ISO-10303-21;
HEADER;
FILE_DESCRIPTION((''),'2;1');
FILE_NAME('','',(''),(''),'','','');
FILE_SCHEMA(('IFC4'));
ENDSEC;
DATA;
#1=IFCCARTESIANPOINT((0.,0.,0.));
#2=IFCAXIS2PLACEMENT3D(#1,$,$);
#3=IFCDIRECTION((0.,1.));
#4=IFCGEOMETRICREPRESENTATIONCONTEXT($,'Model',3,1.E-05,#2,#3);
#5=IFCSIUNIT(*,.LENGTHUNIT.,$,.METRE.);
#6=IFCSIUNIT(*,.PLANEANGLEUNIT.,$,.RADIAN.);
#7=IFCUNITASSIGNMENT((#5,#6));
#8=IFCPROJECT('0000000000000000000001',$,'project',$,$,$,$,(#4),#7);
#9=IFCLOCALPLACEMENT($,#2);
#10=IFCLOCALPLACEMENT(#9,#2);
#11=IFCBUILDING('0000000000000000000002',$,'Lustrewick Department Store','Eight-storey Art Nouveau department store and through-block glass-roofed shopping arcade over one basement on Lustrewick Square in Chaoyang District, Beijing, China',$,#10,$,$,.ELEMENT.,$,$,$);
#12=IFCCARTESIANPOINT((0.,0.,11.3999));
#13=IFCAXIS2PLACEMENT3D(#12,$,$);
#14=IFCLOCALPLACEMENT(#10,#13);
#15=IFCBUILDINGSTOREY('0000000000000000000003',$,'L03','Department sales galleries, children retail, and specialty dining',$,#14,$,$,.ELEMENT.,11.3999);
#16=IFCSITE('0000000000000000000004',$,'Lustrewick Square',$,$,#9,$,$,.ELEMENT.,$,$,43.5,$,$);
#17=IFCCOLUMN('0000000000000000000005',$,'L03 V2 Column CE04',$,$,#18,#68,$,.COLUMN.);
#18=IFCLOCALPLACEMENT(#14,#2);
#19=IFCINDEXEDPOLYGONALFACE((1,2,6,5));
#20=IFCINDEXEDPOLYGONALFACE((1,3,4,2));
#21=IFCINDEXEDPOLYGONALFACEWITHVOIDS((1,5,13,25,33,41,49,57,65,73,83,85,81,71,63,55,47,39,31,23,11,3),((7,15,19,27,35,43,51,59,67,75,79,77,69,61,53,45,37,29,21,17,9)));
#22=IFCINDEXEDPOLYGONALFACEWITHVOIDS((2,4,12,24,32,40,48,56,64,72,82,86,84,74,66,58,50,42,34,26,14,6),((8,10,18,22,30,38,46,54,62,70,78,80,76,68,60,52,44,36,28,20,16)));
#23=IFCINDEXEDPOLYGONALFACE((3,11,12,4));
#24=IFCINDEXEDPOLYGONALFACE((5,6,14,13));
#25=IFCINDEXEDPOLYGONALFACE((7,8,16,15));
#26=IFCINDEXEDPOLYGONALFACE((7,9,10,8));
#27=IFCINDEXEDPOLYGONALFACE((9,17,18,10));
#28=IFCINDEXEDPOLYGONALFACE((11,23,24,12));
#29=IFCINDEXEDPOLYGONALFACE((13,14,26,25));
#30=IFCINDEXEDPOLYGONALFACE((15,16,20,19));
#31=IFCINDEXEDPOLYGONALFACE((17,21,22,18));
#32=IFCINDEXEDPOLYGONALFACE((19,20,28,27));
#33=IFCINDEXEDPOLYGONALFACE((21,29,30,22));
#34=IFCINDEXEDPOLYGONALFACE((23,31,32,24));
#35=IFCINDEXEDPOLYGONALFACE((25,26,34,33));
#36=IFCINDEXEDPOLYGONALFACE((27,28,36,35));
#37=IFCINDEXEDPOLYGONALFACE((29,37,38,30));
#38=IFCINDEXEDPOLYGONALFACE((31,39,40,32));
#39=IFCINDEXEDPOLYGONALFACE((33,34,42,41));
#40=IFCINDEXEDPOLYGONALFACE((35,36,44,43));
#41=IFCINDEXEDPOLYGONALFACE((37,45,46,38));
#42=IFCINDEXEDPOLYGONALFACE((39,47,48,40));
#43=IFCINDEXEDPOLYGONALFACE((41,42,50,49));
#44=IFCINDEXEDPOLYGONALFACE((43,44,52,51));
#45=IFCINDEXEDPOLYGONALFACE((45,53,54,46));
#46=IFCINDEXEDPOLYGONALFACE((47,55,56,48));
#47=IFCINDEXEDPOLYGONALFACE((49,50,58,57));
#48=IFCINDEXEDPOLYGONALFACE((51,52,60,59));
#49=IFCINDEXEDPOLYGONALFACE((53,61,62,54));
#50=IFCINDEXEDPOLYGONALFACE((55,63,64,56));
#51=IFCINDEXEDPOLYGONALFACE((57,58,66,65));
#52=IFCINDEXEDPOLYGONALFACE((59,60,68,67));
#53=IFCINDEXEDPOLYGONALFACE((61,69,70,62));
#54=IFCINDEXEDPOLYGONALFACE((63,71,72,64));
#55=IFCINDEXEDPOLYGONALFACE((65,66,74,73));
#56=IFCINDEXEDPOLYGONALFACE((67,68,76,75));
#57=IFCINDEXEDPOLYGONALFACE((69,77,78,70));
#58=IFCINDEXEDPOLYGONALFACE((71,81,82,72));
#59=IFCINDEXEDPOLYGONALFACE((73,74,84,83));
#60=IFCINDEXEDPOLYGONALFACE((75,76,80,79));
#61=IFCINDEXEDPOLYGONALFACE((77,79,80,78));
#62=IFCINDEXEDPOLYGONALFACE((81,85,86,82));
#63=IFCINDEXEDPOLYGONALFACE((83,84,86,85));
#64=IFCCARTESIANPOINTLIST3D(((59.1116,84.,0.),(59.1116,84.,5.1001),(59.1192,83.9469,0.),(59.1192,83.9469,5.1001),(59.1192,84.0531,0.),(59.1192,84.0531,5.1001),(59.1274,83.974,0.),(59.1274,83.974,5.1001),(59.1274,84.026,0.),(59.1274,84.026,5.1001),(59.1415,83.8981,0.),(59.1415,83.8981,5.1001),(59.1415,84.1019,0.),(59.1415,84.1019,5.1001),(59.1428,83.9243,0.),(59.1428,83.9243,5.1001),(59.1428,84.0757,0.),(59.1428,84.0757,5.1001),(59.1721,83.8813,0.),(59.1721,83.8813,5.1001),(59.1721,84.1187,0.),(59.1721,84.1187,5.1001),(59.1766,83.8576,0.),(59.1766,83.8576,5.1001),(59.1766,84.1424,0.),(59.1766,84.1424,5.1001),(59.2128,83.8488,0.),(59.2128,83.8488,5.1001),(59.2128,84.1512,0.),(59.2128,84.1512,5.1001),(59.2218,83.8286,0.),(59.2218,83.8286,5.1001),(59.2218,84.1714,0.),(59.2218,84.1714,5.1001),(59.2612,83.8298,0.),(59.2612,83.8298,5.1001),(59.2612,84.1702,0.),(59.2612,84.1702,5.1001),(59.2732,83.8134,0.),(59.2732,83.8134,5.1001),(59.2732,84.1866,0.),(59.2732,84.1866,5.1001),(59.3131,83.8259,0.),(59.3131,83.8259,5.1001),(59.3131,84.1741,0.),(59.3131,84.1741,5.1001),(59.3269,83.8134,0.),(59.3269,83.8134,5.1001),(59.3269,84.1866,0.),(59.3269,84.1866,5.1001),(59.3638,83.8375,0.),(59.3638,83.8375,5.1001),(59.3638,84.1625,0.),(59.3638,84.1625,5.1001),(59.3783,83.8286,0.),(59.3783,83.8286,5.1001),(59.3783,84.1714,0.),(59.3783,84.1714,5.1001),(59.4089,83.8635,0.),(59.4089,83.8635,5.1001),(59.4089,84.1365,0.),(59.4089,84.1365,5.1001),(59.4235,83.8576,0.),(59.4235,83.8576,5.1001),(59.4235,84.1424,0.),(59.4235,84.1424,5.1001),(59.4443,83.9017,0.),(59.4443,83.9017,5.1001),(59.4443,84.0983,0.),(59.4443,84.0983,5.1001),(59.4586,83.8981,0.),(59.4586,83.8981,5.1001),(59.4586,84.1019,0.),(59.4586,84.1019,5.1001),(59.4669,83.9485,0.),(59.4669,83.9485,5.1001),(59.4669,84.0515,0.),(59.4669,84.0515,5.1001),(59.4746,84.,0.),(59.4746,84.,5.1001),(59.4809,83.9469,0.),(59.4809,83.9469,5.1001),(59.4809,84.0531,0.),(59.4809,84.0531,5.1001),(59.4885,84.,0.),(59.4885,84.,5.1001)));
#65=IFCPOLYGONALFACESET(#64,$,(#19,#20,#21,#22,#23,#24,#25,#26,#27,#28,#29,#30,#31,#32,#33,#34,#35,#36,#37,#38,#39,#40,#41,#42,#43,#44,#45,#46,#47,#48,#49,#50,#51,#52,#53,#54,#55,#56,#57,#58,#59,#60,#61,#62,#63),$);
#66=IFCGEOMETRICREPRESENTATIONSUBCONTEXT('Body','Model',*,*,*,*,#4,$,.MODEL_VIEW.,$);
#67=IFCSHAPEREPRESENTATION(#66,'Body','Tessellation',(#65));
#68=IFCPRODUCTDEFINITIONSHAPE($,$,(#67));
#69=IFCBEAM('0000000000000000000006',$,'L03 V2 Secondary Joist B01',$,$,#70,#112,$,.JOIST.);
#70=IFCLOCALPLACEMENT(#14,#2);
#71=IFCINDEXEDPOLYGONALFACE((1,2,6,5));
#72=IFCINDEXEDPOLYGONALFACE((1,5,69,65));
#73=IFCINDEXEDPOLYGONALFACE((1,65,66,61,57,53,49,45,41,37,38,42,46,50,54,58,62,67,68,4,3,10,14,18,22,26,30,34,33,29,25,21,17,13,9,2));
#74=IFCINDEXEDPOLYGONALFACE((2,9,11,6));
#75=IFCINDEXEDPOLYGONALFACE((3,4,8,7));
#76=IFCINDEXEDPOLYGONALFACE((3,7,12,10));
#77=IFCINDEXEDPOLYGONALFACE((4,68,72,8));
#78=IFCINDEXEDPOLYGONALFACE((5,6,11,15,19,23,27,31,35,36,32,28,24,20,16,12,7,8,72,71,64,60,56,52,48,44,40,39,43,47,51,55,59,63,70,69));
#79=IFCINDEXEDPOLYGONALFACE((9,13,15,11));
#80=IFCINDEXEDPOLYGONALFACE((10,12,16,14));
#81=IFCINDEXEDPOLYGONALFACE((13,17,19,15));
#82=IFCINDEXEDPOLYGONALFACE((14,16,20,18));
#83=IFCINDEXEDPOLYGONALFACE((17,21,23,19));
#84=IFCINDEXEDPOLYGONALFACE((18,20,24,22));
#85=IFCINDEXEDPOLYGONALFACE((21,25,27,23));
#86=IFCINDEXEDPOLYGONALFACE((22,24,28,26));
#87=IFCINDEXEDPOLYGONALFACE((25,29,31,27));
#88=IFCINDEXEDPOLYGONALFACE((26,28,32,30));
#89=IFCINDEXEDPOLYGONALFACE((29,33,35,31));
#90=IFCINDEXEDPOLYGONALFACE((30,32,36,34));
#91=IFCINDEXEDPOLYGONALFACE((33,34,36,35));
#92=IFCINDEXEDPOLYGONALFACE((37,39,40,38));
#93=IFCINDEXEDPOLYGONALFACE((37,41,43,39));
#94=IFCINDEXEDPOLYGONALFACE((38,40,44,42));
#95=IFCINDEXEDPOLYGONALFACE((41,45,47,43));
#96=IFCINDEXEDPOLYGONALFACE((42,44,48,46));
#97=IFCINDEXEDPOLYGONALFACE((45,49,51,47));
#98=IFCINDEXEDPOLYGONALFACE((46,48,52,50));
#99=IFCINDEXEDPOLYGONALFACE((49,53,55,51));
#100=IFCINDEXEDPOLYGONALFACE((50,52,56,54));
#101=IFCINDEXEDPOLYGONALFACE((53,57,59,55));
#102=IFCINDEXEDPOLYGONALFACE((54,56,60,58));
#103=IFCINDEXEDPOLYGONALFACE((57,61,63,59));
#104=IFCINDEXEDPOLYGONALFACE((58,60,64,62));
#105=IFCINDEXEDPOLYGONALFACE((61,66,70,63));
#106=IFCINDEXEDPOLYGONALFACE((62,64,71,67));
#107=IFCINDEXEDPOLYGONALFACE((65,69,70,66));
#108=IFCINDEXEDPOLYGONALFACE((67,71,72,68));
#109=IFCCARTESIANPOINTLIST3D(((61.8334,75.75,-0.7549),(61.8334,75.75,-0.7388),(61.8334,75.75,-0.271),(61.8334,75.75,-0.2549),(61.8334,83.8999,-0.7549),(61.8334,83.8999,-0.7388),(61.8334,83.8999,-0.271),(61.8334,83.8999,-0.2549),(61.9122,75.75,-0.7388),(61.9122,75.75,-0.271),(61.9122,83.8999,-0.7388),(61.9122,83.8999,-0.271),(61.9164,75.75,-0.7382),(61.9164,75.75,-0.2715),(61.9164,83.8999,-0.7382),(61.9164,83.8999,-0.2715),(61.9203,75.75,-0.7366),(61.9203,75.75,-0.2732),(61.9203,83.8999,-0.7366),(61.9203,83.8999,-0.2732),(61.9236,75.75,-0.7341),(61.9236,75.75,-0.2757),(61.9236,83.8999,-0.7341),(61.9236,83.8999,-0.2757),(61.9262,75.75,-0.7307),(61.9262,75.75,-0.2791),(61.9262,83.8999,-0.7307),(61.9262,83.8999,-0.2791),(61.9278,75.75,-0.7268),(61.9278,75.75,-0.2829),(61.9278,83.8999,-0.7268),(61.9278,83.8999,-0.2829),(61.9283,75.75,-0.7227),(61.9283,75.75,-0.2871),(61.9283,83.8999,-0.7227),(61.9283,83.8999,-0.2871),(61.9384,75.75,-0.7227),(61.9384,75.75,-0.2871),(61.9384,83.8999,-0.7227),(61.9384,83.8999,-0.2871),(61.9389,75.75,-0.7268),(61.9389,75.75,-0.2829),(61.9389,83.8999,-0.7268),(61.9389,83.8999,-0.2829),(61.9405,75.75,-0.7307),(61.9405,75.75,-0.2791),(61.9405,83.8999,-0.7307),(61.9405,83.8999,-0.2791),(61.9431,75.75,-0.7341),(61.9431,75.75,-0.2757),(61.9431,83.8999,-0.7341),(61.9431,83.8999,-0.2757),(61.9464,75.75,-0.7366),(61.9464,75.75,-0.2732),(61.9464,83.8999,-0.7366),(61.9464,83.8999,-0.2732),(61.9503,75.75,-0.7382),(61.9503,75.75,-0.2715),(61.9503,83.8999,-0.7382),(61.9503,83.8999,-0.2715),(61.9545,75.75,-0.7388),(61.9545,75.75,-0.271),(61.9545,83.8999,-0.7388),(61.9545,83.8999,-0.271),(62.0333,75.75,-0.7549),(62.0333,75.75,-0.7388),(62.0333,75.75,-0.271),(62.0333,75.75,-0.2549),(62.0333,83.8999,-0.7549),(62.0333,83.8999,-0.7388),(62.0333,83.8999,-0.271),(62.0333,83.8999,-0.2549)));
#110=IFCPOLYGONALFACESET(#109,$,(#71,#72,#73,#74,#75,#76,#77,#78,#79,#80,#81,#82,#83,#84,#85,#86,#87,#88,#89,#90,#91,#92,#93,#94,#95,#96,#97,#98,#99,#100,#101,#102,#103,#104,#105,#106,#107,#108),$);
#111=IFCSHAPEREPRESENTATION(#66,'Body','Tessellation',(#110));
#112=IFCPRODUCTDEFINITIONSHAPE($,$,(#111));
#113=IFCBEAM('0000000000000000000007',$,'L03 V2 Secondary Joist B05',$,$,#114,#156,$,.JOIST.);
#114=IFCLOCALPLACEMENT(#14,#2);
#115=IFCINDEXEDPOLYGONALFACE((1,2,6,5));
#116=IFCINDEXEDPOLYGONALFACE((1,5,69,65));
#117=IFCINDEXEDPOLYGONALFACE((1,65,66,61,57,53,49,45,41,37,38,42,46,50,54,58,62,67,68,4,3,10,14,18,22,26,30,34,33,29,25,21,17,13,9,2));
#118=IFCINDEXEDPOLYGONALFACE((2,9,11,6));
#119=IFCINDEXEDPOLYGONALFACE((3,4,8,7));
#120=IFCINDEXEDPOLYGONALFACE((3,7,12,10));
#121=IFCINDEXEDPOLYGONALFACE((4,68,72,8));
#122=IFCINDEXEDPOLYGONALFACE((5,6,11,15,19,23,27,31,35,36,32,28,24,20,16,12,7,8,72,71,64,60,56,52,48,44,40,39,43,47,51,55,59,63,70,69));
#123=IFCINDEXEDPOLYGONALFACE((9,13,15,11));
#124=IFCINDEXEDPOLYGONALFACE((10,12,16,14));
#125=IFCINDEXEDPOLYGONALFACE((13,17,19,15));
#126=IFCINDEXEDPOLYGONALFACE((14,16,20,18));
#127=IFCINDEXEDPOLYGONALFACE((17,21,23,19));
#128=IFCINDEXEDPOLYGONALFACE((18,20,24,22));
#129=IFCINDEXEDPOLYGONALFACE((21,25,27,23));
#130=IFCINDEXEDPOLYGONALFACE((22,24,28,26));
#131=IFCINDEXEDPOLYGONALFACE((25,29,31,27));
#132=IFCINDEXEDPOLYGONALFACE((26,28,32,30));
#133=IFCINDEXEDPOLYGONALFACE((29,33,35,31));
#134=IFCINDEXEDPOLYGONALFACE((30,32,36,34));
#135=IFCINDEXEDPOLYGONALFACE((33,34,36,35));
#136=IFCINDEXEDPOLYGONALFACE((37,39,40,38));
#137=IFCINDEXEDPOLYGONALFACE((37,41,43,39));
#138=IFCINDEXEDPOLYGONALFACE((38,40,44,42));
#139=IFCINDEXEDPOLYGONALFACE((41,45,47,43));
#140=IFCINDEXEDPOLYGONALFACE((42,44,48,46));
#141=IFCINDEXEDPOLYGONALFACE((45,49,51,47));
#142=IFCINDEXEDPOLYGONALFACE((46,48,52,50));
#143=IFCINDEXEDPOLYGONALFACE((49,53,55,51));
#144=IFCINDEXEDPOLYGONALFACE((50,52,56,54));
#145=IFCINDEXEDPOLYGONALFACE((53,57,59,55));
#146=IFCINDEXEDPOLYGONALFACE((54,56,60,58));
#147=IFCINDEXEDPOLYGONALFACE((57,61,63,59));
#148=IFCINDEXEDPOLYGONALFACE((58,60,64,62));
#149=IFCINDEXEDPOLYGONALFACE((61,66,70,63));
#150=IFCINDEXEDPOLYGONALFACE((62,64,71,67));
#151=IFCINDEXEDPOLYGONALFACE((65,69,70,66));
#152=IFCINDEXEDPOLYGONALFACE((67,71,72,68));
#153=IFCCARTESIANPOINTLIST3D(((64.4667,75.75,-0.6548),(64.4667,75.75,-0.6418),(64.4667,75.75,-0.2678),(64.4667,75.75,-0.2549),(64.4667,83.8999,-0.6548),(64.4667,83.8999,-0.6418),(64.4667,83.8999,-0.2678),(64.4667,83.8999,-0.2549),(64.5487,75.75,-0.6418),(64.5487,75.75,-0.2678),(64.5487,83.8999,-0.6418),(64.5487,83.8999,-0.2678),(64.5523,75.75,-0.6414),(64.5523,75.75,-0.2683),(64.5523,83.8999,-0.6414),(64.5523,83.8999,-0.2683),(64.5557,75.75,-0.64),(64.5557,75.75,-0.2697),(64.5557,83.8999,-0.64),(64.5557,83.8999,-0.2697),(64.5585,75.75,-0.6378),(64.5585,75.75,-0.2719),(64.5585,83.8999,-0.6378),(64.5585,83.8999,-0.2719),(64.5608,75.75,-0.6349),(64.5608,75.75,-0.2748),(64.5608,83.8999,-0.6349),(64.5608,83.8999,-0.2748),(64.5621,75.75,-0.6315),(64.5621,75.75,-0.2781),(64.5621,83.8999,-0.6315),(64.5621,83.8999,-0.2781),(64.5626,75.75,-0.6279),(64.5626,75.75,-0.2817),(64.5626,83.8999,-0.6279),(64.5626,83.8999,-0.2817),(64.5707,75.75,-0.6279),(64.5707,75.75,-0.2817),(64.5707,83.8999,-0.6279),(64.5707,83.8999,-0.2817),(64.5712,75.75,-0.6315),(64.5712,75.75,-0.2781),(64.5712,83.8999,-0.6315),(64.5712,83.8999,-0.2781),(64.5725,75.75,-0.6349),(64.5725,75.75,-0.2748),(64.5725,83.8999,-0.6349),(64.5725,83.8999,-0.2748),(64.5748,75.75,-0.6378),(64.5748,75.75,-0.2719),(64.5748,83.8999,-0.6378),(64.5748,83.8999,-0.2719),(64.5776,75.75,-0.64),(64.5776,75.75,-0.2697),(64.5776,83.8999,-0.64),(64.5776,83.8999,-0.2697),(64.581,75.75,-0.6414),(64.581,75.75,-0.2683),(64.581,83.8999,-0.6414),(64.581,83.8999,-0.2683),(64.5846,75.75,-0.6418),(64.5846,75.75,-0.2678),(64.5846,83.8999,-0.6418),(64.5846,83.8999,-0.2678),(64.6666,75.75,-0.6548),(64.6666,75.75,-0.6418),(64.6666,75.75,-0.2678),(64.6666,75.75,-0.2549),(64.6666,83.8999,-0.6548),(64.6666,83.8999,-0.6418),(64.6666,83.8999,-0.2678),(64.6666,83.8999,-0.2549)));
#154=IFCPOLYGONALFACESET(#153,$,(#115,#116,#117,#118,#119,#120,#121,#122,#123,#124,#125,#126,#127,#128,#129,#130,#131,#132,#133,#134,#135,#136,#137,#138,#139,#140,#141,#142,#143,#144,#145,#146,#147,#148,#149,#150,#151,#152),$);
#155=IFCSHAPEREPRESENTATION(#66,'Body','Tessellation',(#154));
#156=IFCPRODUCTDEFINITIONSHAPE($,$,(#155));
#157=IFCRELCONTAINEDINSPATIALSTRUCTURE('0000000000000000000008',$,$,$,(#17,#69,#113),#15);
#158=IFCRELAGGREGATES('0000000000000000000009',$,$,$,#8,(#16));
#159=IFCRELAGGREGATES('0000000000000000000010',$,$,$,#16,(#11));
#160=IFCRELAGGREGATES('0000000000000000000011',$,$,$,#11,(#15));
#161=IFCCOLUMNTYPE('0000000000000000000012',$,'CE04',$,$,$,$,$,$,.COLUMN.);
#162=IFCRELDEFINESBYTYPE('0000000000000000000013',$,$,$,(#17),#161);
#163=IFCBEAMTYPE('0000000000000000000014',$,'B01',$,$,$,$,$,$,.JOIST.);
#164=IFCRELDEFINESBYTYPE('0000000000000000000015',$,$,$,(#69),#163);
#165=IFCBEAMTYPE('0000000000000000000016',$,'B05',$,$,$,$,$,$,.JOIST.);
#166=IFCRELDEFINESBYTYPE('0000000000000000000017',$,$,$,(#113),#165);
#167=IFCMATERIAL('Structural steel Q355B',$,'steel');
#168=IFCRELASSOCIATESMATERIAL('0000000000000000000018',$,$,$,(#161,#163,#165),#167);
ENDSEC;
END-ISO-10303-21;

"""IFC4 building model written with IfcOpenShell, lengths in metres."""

from ifc_helpers import new_model, si_unit, direction, frame, origin, origin_2d, place, context, subcontext, project, spatial, hollow_circle, i_section, extrude, material, material_profile, profile_set, type_object, element, save


model = new_model("IFC4")

# Units and contexts
model_context = context("Model", 3, precision=1e-05, world=origin(), true_north=direction((0.0, 1.0)))
body_context = subcontext(model_context, "Body", "Model", "MODEL_VIEW")
ifc_project = project(units=[si_unit("LENGTHUNIT", "METRE"), si_unit("PLANEANGLEUNIT", "RADIAN")], contexts=[model_context])

# Site, building, storey
site_placement = place(None, origin())
site = spatial("IfcSite", under=ifc_project, at=site_placement, Name="Lustrewick Square", CompositionType="ELEMENT", RefElevation=43.5)
building_placement = place(site_placement, origin())
building = spatial("IfcBuilding", under=site, at=building_placement, Name="Lustrewick Department Store", Description="Eight-storey Art Nouveau department store and through-block glass-roofed shopping arcade over one basement on Lustrewick Square in Chaoyang District, Beijing, China", CompositionType="ELEMENT")
storey_placement = place(building_placement, frame((0.0, 0.0, 11.3999)))
storey = spatial("IfcBuildingStorey", under=building, at=storey_placement, Name="L03", Description="Department sales galleries, children retail, and specialty dining", CompositionType="ELEMENT", Elevation=11.3999)

# Column
ifc_material_1 = material(Name="Structural steel Q355B", Category="steel")
ifc_material_profile_1 = material_profile(ifc_material_1, hollow_circle(Radius=0.1885, WallThickness=0.0139, at=origin_2d()), Name="CHS 377x14")
ifc_profile_set_1 = profile_set([ifc_material_profile_1], Name="Structural steel Q355B")
column_type_1 = type_object("IfcColumnType", Name="CE04", PredefinedType="COLUMN", material=ifc_profile_set_1)
column_1_placement = place(storey_placement, frame((59.3, 84.0, 0.0), z_axis=(0.0, 0.0, 1.0), x_axis=(1.0, 0.0, 0.0)))
element("IfcColumn", 1, at=column_1_placement, inside=storey, type_object=column_type_1, Name="L03 V2 Column CE04", PredefinedType="COLUMN", context=body_context, shape_type="SweptSolid", body=[
    extrude(hollow_circle(Radius=0.1885, WallThickness=0.0139, at=origin_2d()), origin(), (0.0, 0.0, 1.0), 5.1001),
])

# Beams
ifc_material_profile_2 = material_profile(ifc_material_1, i_section(OverallWidth=0.2, OverallDepth=0.5, WebThickness=0.01, FlangeThickness=0.0161, FilletRadius=0.0161, at=origin_2d()), Name="HN 500x200x10x16")
ifc_profile_set_2 = profile_set([ifc_material_profile_2], Name="Structural steel Q355B")
beam_type_1 = type_object("IfcBeamType", Name="B01", PredefinedType="JOIST", material=ifc_profile_set_2)
beam_1_placement = place(storey_placement, frame((61.9333, 75.75, -0.5049), z_axis=(0.0, 1.0, 0.0), x_axis=(-1.0, 0.0, 0.0)))
element("IfcBeam", 2, at=beam_1_placement, inside=storey, type_object=beam_type_1, Name="L03 V2 Secondary Joist B01", PredefinedType="JOIST", context=body_context, shape_type="SweptSolid", body=[
    extrude(i_section(OverallWidth=0.2, OverallDepth=0.5, WebThickness=0.01, FlangeThickness=0.0161, FilletRadius=0.0161, at=origin_2d()), origin(), (0.0, 0.0, 1.0), 8.1499),
])
ifc_material_profile_3 = material_profile(ifc_material_1, i_section(OverallWidth=0.2, OverallDepth=0.3999, WebThickness=0.0081, FlangeThickness=0.0129, FilletRadius=0.0139, at=origin_2d()), Name="HN 400x200x8x13")
ifc_profile_set_3 = profile_set([ifc_material_profile_3], Name="Structural steel Q355B")
beam_type_2 = type_object("IfcBeamType", Name="B05", PredefinedType="JOIST", material=ifc_profile_set_3)
beam_2_placement = place(storey_placement, frame((64.5667, 75.75, -0.4548), z_axis=(0.0, 1.0, 0.0), x_axis=(-1.0, 0.0, 0.0)))
element("IfcBeam", 3, at=beam_2_placement, inside=storey, type_object=beam_type_2, Name="L03 V2 Secondary Joist B05", PredefinedType="JOIST", context=body_context, shape_type="SweptSolid", body=[
    extrude(i_section(OverallWidth=0.2, OverallDepth=0.3999, WebThickness=0.0081, FlangeThickness=0.0129, FilletRadius=0.0139, at=origin_2d()), origin(), (0.0, 0.0, 1.0), 8.1499),
])

save(model, "model.ifc")
